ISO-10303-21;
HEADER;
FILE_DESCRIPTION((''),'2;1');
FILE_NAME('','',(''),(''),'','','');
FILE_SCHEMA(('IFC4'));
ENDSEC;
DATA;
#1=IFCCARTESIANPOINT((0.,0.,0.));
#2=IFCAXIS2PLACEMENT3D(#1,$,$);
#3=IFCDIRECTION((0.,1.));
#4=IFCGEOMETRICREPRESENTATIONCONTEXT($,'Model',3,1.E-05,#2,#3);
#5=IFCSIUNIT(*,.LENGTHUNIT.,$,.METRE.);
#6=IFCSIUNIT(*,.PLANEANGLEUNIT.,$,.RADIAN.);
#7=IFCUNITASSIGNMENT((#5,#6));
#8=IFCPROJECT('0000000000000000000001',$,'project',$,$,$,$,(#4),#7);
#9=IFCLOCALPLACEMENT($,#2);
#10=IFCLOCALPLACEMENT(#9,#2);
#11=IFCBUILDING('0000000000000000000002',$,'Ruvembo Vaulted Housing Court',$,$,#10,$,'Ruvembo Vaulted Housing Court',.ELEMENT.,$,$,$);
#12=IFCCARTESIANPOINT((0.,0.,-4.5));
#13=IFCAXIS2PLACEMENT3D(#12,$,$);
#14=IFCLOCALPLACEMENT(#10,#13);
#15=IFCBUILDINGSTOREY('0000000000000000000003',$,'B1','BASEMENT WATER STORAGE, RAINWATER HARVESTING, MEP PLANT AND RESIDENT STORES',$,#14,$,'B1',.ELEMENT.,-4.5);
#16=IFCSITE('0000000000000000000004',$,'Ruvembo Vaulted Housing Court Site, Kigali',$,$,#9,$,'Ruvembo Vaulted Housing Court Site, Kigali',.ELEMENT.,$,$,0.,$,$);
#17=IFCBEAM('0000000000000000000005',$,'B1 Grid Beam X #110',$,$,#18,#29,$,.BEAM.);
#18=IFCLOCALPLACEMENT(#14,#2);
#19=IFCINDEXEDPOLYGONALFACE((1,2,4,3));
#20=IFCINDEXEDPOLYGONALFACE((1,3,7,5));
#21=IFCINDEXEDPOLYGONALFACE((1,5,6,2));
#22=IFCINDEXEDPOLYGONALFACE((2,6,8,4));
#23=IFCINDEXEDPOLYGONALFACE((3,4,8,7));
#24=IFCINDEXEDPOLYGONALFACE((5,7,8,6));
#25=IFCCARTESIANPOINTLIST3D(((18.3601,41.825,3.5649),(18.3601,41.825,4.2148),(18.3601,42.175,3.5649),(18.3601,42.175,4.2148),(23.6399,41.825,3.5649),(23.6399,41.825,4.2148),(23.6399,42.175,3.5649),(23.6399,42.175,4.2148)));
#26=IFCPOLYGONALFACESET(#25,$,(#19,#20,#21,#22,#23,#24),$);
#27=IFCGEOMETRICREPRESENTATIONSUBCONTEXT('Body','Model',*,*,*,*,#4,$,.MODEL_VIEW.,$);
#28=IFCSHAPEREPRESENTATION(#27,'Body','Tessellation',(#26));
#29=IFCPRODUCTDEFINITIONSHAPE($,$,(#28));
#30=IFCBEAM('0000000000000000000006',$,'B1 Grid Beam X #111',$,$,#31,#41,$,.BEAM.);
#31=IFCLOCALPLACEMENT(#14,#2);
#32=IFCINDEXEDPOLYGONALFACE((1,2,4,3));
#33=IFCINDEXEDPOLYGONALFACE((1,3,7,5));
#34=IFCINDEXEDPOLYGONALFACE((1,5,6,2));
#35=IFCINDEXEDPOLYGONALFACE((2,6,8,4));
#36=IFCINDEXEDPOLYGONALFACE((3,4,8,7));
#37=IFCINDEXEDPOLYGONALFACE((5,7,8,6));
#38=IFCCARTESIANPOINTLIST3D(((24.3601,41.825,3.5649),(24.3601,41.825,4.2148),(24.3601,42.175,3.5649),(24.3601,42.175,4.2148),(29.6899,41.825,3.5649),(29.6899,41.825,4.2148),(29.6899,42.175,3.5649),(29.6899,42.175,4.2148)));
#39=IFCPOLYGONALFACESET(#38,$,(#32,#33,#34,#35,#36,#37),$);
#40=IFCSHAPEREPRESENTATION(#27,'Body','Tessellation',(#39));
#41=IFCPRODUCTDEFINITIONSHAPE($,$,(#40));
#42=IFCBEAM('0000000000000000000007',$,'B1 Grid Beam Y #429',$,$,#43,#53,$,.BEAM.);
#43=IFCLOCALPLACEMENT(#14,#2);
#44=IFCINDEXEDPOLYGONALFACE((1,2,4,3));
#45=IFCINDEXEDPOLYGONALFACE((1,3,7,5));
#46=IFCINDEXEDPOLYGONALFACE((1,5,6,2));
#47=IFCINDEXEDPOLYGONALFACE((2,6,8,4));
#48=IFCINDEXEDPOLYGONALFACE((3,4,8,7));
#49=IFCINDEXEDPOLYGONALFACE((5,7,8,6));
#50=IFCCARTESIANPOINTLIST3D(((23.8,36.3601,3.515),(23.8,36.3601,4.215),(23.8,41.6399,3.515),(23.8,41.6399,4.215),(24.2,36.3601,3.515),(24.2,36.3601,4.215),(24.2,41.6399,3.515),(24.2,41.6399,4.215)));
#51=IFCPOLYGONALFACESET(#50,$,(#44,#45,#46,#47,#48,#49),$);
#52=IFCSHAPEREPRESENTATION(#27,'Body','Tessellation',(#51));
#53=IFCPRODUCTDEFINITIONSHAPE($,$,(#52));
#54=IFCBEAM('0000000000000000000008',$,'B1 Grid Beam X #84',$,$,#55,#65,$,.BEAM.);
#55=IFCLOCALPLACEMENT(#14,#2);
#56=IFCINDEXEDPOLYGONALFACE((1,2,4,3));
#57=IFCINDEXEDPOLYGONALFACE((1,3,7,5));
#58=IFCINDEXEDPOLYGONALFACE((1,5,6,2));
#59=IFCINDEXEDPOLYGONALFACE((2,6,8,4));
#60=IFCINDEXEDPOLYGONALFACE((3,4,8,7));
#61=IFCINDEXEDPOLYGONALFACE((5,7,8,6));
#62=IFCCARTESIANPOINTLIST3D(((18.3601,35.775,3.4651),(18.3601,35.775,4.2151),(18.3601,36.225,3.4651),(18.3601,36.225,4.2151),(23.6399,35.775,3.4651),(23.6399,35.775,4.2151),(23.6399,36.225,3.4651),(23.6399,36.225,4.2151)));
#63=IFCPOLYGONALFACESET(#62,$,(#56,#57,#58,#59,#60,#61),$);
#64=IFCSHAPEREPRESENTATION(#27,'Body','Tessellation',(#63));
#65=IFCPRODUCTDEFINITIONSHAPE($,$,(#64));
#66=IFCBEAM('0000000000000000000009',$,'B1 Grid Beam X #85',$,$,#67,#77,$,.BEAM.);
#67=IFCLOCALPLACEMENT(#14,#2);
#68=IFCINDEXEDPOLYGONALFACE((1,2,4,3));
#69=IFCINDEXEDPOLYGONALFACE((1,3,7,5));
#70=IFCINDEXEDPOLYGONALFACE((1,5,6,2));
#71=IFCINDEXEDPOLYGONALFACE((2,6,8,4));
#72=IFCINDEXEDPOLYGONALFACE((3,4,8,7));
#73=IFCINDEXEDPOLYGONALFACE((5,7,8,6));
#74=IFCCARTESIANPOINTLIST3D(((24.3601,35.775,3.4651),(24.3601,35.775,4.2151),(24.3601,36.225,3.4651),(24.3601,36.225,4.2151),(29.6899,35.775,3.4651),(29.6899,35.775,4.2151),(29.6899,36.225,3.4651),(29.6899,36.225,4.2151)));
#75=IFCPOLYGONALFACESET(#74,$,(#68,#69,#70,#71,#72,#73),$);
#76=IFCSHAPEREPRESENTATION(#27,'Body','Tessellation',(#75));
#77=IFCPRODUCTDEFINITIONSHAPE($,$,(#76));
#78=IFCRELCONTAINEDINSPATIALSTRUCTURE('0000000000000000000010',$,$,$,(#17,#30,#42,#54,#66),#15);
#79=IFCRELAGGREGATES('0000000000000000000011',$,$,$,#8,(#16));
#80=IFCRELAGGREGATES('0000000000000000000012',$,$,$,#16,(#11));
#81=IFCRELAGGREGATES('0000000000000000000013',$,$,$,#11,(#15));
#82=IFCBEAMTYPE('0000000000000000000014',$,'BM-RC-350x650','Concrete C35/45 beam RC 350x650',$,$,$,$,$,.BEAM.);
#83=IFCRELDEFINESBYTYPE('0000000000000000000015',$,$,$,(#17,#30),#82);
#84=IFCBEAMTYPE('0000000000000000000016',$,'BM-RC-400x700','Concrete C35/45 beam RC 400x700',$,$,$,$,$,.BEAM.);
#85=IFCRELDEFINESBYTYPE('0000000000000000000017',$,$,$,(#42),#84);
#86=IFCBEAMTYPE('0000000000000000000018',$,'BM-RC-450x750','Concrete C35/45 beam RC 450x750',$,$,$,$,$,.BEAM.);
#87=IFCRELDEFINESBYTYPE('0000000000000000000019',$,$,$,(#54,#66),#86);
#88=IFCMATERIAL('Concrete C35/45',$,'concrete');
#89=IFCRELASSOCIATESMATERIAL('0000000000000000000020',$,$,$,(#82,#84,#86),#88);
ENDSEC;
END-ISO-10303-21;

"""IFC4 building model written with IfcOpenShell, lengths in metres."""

from ifc_helpers import new_model, si_unit, direction, frame, origin, origin_2d, place, context, subcontext, project, spatial, rectangle, extrude, material, material_profile, profile_set, type_object, element, save


model = new_model("IFC4")

# Units and contexts
model_context = context("Model", 3, precision=1e-05, world=origin(), true_north=direction((0.0, 1.0)))
body_context = subcontext(model_context, "Body", "Model", "MODEL_VIEW")
ifc_project = project(units=[si_unit("LENGTHUNIT", "METRE"), si_unit("PLANEANGLEUNIT", "RADIAN")], contexts=[model_context])

# Site, building, storey
site_placement = place(None, origin())
site = spatial("IfcSite", under=ifc_project, at=site_placement, Name="Ruvembo Vaulted Housing Court Site, Kigali", LongName="Ruvembo Vaulted Housing Court Site, Kigali", CompositionType="ELEMENT", RefElevation=0.0)
building_placement = place(site_placement, origin())
building = spatial("IfcBuilding", under=site, at=building_placement, Name="Ruvembo Vaulted Housing Court", LongName="Ruvembo Vaulted Housing Court", CompositionType="ELEMENT")
storey_placement = place(building_placement, frame((0.0, 0.0, -4.5)))
storey = spatial("IfcBuildingStorey", under=building, at=storey_placement, Name="B1", Description="BASEMENT WATER STORAGE, RAINWATER HARVESTING, MEP PLANT AND RESIDENT STORES", LongName="B1", CompositionType="ELEMENT", Elevation=-4.5)

# Shared definitions
ifc_material_1 = material(Name="Concrete C35/45", Category="concrete")

# Beams
ifc_material_profile_1 = material_profile(ifc_material_1, rectangle(XDim=0.3501, YDim=0.6499, at=origin_2d()), Name="RC 350x650")
ifc_profile_set_1 = profile_set([ifc_material_profile_1], Name="Concrete C35/45")
beam_type_1 = type_object("IfcBeamType", Name="BM-RC-350x650", Description="Concrete C35/45 beam RC 350x650", PredefinedType="BEAM", material=ifc_profile_set_1)
beam_1_placement = place(storey_placement, frame((18.3601, 42.0, 3.8899), z_axis=(1.0, 0.0, 0.0), x_axis=(0.0, 1.0, 0.0)))
element("IfcBeam", 1, at=beam_1_placement, inside=storey, type_object=beam_type_1, Name="B1 Grid Beam X #110", PredefinedType="BEAM", context=body_context, shape_type="SweptSolid", body=[
    extrude(rectangle(XDim=0.3501, YDim=0.6499, at=origin_2d()), origin(), (0.0, 0.0, 1.0), 5.2798),
])
beam_2_placement = place(storey_placement, frame((24.3601, 42.0, 3.8899), z_axis=(1.0, 0.0, 0.0), x_axis=(0.0, 1.0, 0.0)))
element("IfcBeam", 2, at=beam_2_placement, inside=storey, type_object=beam_type_1, Name="B1 Grid Beam X #111", PredefinedType="BEAM", context=body_context, shape_type="SweptSolid", body=[
    extrude(rectangle(XDim=0.3501, YDim=0.6499, at=origin_2d()), origin(), (0.0, 0.0, 1.0), 5.3298),
])
ifc_material_profile_2 = material_profile(ifc_material_1, rectangle(XDim=0.3999, YDim=0.7, at=origin_2d()), Name="RC 400x700")
ifc_profile_set_2 = profile_set([ifc_material_profile_2], Name="Concrete C35/45")
beam_type_2 = type_object("IfcBeamType", Name="BM-RC-400x700", Description="Concrete C35/45 beam RC 400x700", PredefinedType="BEAM", material=ifc_profile_set_2)
beam_3_placement = place(storey_placement, frame((24.0, 36.3601, 3.865), z_axis=(0.0, 1.0, 0.0), x_axis=(-1.0, 0.0, 0.0)))
element("IfcBeam", 3, at=beam_3_placement, inside=storey, type_object=beam_type_2, Name="B1 Grid Beam Y #429", PredefinedType="BEAM", context=body_context, shape_type="SweptSolid", body=[
    extrude(rectangle(XDim=0.3999, YDim=0.7, at=origin_2d()), origin(), (0.0, 0.0, 1.0), 5.2798),
])
ifc_material_profile_3 = material_profile(ifc_material_1, rectangle(XDim=0.45, YDim=0.75, at=origin_2d()), Name="RC 450x750")
ifc_profile_set_3 = profile_set([ifc_material_profile_3], Name="Concrete C35/45")
beam_type_3 = type_object("IfcBeamType", Name="BM-RC-450x750", Description="Concrete C35/45 beam RC 450x750", PredefinedType="BEAM", material=ifc_profile_set_3)
beam_4_placement = place(storey_placement, frame((18.3601, 36.0, 3.8401), z_axis=(1.0, 0.0, 0.0), x_axis=(0.0, 1.0, 0.0)))
element("IfcBeam", 4, at=beam_4_placement, inside=storey, type_object=beam_type_3, Name="B1 Grid Beam X #84", PredefinedType="BEAM", context=body_context, shape_type="SweptSolid", body=[
    extrude(rectangle(XDim=0.45, YDim=0.75, at=origin_2d()), origin(), (0.0, 0.0, 1.0), 5.2798),
])
beam_5_placement = place(storey_placement, frame((24.3601, 36.0, 3.8401), z_axis=(1.0, 0.0, 0.0), x_axis=(0.0, 1.0, 0.0)))
element("IfcBeam", 5, at=beam_5_placement, inside=storey, type_object=beam_type_3, Name="B1 Grid Beam X #85", PredefinedType="BEAM", context=body_context, shape_type="SweptSolid", body=[
    extrude(rectangle(XDim=0.45, YDim=0.75, at=origin_2d()), origin(), (0.0, 0.0, 1.0), 5.3298),
])

save(model, "model.ifc")
